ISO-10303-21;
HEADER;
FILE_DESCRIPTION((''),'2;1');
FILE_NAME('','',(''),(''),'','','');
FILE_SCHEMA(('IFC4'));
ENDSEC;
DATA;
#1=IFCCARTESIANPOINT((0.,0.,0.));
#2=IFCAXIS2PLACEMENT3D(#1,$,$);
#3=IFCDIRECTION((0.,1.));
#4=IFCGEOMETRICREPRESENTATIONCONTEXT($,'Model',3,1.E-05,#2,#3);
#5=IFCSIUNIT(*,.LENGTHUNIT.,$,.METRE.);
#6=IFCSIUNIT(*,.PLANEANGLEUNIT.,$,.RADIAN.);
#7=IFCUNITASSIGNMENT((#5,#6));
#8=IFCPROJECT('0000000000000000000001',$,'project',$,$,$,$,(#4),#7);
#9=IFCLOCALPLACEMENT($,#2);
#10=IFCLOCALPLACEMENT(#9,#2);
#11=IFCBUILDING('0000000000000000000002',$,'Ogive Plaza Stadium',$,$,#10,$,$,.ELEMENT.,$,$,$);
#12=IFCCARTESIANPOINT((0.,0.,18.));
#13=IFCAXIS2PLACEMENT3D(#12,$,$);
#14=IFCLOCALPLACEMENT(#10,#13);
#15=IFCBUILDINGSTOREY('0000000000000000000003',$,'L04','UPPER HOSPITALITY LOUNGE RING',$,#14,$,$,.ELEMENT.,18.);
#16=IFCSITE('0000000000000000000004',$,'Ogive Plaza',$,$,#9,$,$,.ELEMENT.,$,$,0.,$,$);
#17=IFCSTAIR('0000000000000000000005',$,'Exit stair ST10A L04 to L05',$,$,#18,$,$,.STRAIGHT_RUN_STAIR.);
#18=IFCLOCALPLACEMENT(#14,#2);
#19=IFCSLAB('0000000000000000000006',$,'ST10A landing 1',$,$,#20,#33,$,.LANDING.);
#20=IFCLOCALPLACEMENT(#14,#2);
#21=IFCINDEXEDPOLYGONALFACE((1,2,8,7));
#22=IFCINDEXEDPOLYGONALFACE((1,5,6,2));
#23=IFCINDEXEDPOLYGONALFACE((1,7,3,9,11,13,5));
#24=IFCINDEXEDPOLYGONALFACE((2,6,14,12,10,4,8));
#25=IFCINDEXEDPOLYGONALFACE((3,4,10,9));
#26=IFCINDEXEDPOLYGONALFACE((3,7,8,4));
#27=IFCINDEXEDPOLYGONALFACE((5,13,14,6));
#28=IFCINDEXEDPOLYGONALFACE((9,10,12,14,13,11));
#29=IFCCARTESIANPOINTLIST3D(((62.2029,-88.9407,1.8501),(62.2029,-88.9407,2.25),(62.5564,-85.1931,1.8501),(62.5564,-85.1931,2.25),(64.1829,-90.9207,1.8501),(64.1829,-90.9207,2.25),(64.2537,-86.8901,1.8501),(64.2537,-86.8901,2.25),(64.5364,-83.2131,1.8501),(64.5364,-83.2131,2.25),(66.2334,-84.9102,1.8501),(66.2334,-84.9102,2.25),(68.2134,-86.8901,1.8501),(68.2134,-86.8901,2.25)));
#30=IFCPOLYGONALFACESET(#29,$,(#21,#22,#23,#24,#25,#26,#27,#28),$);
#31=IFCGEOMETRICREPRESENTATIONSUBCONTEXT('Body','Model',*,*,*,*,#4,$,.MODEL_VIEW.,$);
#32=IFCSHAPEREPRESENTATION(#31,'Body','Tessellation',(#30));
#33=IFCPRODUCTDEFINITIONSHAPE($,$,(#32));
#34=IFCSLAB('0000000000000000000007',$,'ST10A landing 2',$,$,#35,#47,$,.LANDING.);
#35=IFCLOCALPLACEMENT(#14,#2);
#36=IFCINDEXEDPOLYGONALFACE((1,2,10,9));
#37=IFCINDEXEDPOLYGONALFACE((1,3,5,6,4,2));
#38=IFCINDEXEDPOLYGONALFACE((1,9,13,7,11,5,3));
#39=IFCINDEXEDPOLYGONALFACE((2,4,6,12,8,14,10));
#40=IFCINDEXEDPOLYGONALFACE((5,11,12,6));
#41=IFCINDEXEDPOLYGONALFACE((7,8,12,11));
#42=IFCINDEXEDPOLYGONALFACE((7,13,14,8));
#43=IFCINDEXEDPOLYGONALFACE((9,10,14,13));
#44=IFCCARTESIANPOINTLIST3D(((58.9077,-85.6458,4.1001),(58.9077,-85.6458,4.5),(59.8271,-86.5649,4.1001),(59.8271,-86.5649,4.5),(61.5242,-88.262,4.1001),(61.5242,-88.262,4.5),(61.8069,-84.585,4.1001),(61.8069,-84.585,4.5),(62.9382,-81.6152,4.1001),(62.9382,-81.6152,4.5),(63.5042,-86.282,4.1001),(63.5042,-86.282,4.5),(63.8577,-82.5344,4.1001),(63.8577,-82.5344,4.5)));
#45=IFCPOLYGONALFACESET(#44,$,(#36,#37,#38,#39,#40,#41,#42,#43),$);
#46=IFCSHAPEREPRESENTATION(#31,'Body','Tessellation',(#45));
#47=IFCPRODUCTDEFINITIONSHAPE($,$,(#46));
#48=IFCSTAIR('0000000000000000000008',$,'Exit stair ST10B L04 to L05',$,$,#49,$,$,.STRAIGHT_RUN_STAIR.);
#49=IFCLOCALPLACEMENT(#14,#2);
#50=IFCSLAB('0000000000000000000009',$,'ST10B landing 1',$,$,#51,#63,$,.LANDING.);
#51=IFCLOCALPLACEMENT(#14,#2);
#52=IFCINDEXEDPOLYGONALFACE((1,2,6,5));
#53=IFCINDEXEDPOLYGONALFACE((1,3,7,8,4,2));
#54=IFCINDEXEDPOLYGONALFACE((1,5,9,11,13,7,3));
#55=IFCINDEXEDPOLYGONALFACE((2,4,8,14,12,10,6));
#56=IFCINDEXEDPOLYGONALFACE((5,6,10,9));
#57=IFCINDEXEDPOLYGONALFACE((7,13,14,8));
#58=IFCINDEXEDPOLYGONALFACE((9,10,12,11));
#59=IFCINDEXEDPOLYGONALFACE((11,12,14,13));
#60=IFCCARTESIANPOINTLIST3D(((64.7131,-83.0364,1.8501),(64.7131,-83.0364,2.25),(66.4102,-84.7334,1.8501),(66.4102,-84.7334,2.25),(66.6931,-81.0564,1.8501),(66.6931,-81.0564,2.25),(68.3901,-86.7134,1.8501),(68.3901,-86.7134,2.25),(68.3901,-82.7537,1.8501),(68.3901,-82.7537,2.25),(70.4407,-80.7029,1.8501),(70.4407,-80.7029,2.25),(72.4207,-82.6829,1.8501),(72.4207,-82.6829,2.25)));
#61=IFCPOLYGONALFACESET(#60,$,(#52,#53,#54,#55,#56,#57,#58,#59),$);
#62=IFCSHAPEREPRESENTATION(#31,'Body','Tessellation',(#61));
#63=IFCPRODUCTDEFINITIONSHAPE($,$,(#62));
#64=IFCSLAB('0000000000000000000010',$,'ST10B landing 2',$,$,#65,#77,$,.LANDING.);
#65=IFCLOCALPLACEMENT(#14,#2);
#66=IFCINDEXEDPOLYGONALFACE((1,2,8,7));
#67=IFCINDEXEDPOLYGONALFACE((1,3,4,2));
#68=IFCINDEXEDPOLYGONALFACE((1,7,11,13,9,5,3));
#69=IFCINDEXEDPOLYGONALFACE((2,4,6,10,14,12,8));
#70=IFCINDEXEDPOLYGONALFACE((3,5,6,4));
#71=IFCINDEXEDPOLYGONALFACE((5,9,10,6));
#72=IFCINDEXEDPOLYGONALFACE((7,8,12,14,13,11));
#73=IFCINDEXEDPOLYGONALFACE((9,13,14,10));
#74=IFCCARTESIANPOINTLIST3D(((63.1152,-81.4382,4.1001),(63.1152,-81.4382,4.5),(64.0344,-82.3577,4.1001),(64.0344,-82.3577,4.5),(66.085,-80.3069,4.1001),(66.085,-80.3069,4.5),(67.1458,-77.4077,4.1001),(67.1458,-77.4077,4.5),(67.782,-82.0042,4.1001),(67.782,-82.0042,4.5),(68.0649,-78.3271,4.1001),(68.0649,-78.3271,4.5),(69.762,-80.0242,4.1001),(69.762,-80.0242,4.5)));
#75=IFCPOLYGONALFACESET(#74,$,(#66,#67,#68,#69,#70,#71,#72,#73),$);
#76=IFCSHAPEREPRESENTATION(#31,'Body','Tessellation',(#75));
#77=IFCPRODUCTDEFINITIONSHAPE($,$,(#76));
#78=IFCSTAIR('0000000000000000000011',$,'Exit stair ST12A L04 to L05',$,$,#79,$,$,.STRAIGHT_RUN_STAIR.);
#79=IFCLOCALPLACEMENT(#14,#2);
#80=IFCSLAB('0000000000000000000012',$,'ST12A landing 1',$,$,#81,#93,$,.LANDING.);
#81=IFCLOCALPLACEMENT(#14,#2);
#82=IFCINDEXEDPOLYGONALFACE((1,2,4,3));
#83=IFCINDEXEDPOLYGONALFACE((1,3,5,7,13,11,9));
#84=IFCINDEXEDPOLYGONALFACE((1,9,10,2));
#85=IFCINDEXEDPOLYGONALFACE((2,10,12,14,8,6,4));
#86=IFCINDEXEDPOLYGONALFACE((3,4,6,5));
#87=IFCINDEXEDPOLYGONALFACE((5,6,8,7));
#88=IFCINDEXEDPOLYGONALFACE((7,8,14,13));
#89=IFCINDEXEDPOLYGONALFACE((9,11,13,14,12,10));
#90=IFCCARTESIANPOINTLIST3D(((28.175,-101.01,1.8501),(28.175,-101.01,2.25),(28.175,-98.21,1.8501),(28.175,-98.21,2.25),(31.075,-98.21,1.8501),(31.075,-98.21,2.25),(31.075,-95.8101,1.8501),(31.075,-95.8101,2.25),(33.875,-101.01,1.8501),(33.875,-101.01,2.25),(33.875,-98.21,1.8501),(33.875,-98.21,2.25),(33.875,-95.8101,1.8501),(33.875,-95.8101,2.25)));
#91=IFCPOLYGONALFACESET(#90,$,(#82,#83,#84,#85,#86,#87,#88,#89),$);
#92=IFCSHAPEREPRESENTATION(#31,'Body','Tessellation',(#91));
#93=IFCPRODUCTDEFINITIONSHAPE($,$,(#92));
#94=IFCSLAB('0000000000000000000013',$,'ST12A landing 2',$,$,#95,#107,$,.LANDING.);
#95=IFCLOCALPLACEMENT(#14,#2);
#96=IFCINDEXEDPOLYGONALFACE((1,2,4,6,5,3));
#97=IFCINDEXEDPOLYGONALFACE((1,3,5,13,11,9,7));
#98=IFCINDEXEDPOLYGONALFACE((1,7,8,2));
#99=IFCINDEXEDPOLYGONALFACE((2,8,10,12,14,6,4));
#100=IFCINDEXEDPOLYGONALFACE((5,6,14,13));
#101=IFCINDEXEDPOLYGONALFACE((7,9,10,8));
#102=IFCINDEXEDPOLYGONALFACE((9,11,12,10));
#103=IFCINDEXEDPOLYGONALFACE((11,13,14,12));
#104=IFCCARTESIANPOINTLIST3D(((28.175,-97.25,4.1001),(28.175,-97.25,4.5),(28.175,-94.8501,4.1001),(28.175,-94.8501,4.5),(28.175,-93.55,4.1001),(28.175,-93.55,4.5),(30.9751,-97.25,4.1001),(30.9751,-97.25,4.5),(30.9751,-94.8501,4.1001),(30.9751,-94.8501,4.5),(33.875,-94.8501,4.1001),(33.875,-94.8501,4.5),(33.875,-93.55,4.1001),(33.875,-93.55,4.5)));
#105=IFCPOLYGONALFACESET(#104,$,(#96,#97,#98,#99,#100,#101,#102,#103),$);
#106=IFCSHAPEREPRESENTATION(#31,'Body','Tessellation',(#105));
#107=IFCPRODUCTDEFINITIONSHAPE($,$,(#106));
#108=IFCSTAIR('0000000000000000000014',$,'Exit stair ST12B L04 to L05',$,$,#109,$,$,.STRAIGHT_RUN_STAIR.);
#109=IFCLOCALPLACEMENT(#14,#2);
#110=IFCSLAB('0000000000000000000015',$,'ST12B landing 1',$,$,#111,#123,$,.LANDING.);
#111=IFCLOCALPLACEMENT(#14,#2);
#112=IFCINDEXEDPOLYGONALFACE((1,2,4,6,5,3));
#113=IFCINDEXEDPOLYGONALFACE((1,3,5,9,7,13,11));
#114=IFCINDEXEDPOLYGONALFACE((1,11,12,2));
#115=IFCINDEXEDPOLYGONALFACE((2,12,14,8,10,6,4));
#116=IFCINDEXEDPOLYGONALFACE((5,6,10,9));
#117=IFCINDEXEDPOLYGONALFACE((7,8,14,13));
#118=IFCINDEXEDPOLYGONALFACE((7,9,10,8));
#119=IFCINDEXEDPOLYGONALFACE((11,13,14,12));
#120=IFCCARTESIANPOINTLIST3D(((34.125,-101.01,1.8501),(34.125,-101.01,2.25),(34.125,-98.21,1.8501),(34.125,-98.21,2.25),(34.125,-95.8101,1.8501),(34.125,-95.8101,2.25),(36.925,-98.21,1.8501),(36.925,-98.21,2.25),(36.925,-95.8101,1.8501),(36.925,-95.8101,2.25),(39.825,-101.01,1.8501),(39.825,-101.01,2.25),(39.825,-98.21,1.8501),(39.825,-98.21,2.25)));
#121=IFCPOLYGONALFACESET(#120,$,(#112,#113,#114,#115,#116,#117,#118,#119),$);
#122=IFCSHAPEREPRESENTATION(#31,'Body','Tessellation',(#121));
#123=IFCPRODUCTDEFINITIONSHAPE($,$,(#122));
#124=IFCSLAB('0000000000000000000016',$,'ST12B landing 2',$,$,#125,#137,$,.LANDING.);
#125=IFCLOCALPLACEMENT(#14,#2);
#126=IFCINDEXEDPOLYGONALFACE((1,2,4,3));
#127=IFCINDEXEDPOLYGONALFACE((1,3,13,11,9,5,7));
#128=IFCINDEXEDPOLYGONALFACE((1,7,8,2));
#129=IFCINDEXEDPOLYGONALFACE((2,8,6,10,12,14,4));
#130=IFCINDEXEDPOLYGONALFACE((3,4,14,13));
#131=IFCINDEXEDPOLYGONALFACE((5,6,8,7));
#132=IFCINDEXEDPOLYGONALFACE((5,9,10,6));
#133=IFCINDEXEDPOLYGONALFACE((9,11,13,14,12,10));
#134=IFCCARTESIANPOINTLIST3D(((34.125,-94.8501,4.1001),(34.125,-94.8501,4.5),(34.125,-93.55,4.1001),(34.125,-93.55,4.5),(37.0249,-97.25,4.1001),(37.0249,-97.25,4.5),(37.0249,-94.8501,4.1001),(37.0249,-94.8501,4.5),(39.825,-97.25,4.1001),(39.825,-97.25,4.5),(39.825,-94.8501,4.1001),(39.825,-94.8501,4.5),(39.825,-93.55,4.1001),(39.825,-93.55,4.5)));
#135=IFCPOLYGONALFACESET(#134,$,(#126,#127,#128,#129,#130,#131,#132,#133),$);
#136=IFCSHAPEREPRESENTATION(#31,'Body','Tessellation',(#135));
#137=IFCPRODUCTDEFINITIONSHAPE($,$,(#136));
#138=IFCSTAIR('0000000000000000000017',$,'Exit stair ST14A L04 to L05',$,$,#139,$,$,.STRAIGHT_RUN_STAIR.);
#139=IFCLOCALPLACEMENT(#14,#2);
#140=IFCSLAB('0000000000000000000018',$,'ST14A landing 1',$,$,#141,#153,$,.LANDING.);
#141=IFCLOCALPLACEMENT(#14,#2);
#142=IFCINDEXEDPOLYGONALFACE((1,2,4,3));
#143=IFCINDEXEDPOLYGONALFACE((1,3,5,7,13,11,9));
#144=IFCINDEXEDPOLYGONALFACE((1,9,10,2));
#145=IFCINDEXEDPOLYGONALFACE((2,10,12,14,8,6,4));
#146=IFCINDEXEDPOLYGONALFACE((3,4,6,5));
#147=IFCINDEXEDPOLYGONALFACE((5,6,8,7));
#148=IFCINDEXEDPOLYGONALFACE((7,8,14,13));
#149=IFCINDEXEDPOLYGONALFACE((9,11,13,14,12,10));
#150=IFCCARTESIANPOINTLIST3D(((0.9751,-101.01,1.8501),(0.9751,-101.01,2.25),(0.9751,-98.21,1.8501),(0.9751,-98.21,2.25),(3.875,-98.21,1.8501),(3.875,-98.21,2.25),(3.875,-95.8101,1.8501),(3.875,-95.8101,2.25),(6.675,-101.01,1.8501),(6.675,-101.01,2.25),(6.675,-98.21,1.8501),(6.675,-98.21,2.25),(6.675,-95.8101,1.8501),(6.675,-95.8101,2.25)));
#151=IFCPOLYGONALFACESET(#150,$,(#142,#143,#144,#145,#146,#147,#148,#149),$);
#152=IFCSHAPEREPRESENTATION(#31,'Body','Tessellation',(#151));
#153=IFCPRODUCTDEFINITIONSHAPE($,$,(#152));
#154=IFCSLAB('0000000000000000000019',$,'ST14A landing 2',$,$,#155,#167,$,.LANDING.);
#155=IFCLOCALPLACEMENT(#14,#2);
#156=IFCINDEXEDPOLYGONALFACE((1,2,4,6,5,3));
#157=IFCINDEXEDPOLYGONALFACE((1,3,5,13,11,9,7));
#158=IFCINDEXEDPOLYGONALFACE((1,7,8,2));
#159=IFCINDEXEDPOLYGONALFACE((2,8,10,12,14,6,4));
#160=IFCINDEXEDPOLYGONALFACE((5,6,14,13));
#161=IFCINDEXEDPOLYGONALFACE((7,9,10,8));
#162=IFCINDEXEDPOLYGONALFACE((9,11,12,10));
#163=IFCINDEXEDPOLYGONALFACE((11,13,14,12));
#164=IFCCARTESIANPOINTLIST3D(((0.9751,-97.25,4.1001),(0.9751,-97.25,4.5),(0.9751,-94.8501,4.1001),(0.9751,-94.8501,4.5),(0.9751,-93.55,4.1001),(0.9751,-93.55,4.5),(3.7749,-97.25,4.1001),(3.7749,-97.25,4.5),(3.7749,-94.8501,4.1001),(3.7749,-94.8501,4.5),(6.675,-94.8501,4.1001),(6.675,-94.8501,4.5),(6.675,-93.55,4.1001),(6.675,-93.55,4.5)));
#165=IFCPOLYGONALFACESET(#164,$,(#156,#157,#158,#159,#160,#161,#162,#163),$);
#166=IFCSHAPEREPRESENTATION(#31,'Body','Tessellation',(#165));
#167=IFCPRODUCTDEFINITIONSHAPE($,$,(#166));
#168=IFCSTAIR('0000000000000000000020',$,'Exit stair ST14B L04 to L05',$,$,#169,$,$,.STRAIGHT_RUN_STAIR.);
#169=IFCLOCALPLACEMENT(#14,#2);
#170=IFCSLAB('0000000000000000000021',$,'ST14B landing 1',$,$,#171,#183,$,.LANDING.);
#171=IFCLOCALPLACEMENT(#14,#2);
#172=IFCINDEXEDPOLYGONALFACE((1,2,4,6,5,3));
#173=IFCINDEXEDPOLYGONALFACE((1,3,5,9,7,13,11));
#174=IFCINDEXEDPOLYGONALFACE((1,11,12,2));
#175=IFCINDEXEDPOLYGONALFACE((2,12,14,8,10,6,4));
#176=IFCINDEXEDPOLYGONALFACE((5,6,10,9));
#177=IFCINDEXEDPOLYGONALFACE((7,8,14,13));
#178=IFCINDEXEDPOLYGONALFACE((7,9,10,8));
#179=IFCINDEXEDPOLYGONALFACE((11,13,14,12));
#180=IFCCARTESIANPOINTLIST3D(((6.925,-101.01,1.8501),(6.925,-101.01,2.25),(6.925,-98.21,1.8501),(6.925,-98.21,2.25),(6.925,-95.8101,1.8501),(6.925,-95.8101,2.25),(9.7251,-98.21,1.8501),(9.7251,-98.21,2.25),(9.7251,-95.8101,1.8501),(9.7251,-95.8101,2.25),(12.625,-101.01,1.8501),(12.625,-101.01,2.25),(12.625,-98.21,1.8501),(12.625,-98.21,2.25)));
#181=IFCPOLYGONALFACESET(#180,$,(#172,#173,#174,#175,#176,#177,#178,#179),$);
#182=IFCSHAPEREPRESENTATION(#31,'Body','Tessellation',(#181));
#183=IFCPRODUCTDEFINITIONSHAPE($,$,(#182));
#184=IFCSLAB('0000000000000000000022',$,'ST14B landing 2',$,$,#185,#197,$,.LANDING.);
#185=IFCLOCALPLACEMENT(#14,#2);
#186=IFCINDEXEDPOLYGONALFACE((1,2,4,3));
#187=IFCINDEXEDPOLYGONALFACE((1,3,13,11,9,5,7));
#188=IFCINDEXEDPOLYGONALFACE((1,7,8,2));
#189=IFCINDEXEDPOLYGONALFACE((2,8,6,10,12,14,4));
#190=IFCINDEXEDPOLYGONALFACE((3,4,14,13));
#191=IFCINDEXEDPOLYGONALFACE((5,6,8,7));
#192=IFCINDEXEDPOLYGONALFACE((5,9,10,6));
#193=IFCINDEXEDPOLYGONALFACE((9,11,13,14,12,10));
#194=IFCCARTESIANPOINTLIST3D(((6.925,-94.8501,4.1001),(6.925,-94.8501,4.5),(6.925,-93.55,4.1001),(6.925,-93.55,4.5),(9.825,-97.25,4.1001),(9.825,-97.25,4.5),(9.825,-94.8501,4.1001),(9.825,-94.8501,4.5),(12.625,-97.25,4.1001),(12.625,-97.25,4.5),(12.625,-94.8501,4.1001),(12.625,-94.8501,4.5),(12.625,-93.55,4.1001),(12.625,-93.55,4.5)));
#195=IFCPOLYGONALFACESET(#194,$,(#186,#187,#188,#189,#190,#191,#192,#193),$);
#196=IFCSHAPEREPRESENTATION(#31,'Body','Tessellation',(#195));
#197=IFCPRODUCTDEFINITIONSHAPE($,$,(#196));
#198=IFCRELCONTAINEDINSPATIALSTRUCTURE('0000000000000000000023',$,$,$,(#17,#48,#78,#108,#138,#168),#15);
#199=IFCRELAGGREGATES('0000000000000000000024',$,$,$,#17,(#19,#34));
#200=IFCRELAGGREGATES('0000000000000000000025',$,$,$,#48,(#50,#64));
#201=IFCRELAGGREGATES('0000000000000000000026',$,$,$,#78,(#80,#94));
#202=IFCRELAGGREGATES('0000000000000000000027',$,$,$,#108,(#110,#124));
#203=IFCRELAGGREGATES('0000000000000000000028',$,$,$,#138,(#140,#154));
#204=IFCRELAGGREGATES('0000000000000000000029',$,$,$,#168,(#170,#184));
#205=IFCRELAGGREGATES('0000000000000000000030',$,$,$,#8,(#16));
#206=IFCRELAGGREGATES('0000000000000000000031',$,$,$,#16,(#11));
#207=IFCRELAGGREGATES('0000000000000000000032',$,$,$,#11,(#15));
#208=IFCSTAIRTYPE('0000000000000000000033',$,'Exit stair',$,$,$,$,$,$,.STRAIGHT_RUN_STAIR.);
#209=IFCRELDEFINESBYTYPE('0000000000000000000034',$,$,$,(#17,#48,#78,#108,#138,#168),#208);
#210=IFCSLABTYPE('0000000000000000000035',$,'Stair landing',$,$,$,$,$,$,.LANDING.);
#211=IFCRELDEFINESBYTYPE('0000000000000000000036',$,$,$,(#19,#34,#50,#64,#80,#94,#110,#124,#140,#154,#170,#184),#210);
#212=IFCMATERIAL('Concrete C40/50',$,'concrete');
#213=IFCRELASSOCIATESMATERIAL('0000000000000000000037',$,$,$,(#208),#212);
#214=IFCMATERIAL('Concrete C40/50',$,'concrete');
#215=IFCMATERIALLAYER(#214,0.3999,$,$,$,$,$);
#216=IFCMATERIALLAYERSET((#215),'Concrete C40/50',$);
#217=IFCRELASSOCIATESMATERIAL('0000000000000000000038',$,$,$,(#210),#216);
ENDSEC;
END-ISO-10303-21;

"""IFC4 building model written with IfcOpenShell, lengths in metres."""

from ifc_helpers import new_model, si_unit, direction, frame, origin, place, context, subcontext, project, spatial, polyline, outline, extrude, material, layer, layer_set, type_object, element, aggregate, save


model = new_model("IFC4")

# Units and contexts
model_context = context("Model", 3, precision=1e-05, world=origin(), true_north=direction((0.0, 1.0)))
body_context = subcontext(model_context, "Body", "Model", "MODEL_VIEW")
ifc_project = project(units=[si_unit("LENGTHUNIT", "METRE"), si_unit("PLANEANGLEUNIT", "RADIAN")], contexts=[model_context])

# Site, building, storey
site_placement = place(None, origin())
site = spatial("IfcSite", under=ifc_project, at=site_placement, Name="Ogive Plaza", CompositionType="ELEMENT", RefElevation=0.0)
building_placement = place(site_placement, origin())
building = spatial("IfcBuilding", under=site, at=building_placement, Name="Ogive Plaza Stadium", CompositionType="ELEMENT")
storey_placement = place(building_placement, frame((0.0, 0.0, 18.0)))
storey = spatial("IfcBuildingStorey", under=building, at=storey_placement, Name="L04", Description="UPPER HOSPITALITY LOUNGE RING", CompositionType="ELEMENT", Elevation=18.0)

# Stairs, slabs
ifc_material_1 = material(Name="Concrete C40/50", Category="concrete")
stair_type = type_object("IfcStairType", Name="Exit stair", PredefinedType="STRAIGHT_RUN_STAIR", material=ifc_material_1)
stair_1_placement = place(storey_placement, origin())
stair_1 = element("IfcStair", 1, at=stair_1_placement, inside=storey, type_object=stair_type, Name="Exit stair ST10A L04 to L05", PredefinedType="STRAIGHT_RUN_STAIR")
ifc_material_2 = material(Name="Concrete C40/50", Category="concrete")
ifc_layer = layer(ifc_material_2, 0.3999)
ifc_layer_set = layer_set([ifc_layer], Name="Concrete C40/50")
slab_type = type_object("IfcSlabType", Name="Stair landing", PredefinedType="LANDING", material=ifc_layer_set)
slab_1_placement = place(storey_placement, frame((0.0, 0.0, 1.8501)))
slab_1 = element("IfcSlab", 2, at=slab_1_placement, type_object=slab_type, Name="ST10A landing 1", PredefinedType="LANDING", context=body_context, shape_type="SweptSolid", body=[
    extrude(outline(polyline([(68.2134, -86.8901), (64.1829, -90.9207), (62.2029, -88.9407), (64.2537, -86.8901), (62.5564, -85.1931), (64.5364, -83.2131), (66.2334, -84.9102), (68.2134, -86.8901)])), origin(), (0.0, 0.0, 1.0), 0.3999),
])
slab_2_placement = place(storey_placement, frame((0.0, 0.0, 4.1001)))
slab_2 = element("IfcSlab", 3, at=slab_2_placement, type_object=slab_type, Name="ST10A landing 2", PredefinedType="LANDING", context=body_context, shape_type="SweptSolid", body=[
    extrude(outline(polyline([(63.5042, -86.282), (61.5242, -88.262), (59.8271, -86.5649), (58.9077, -85.6458), (62.9382, -81.6152), (63.8577, -82.5344), (61.8069, -84.585), (63.5042, -86.282)])), origin(), (0.0, 0.0, 1.0), 0.3999),
])
aggregate(stair_1, [slab_1, slab_2])
stair_2_placement = place(storey_placement, origin())
stair_2 = element("IfcStair", 4, at=stair_2_placement, inside=storey, type_object=stair_type, Name="Exit stair ST10B L04 to L05", PredefinedType="STRAIGHT_RUN_STAIR")
slab_3_placement = place(storey_placement, frame((0.0, 0.0, 1.8501)))
slab_3 = element("IfcSlab", 5, at=slab_3_placement, type_object=slab_type, Name="ST10B landing 1", PredefinedType="LANDING", context=body_context, shape_type="SweptSolid", body=[
    extrude(outline(polyline([(64.7131, -83.0364), (66.6931, -81.0564), (68.3901, -82.7537), (70.4407, -80.7029), (72.4207, -82.6829), (68.3901, -86.7134), (66.4102, -84.7334), (64.7131, -83.0364)])), origin(), (0.0, 0.0, 1.0), 0.3999),
])
slab_4_placement = place(storey_placement, frame((0.0, 0.0, 4.1001)))
slab_4 = element("IfcSlab", 6, at=slab_4_placement, type_object=slab_type, Name="ST10B landing 2", PredefinedType="LANDING", context=body_context, shape_type="SweptSolid", body=[
    extrude(outline(polyline([(64.0344, -82.3577), (63.1152, -81.4382), (67.1458, -77.4077), (68.0649, -78.3271), (69.762, -80.0242), (67.782, -82.0042), (66.085, -80.3069), (64.0344, -82.3577)])), origin(), (0.0, 0.0, 1.0), 0.3999),
])
aggregate(stair_2, [slab_3, slab_4])
stair_3_placement = place(storey_placement, origin())
stair_3 = element("IfcStair", 7, at=stair_3_placement, inside=storey, type_object=stair_type, Name="Exit stair ST12A L04 to L05", PredefinedType="STRAIGHT_RUN_STAIR")
slab_5_placement = place(storey_placement, frame((0.0, 0.0, 1.8501)))
slab_5 = element("IfcSlab", 8, at=slab_5_placement, type_object=slab_type, Name="ST12A landing 1", PredefinedType="LANDING", context=body_context, shape_type="SweptSolid", body=[
    extrude(outline(polyline([(33.875, -101.01), (28.175, -101.01), (28.175, -98.21), (31.075, -98.21), (31.075, -95.8101), (33.875, -95.8101), (33.875, -98.21), (33.875, -101.01)])), origin(), (0.0, 0.0, 1.0), 0.3999),
])
slab_6_placement = place(storey_placement, frame((0.0, 0.0, 4.1001)))
slab_6 = element("IfcSlab", 9, at=slab_6_placement, type_object=slab_type, Name="ST12A landing 2", PredefinedType="LANDING", context=body_context, shape_type="SweptSolid", body=[
    extrude(outline(polyline([(30.9751, -97.25), (28.175, -97.25), (28.175, -94.8501), (28.175, -93.55), (33.875, -93.55), (33.875, -94.8501), (30.9751, -94.8501), (30.9751, -97.25)])), origin(), (0.0, 0.0, 1.0), 0.3999),
])
aggregate(stair_3, [slab_5, slab_6])
stair_4_placement = place(storey_placement, origin())
stair_4 = element("IfcStair", 10, at=stair_4_placement, inside=storey, type_object=stair_type, Name="Exit stair ST12B L04 to L05", PredefinedType="STRAIGHT_RUN_STAIR")
slab_7_placement = place(storey_placement, frame((0.0, 0.0, 1.8501)))
slab_7 = element("IfcSlab", 11, at=slab_7_placement, type_object=slab_type, Name="ST12B landing 1", PredefinedType="LANDING", context=body_context, shape_type="SweptSolid", body=[
    extrude(outline(polyline([(34.125, -95.8101), (36.925, -95.8101), (36.925, -98.21), (39.825, -98.21), (39.825, -101.01), (34.125, -101.01), (34.125, -98.21), (34.125, -95.8101)])), origin(), (0.0, 0.0, 1.0), 0.3999),
])
slab_8_placement = place(storey_placement, frame((0.0, 0.0, 4.1001)))
slab_8 = element("IfcSlab", 12, at=slab_8_placement, type_object=slab_type, Name="ST12B landing 2", PredefinedType="LANDING", context=body_context, shape_type="SweptSolid", body=[
    extrude(outline(polyline([(34.125, -94.8501), (34.125, -93.55), (39.825, -93.55), (39.825, -94.8501), (39.825, -97.25), (37.0249, -97.25), (37.0249, -94.8501), (34.125, -94.8501)])), origin(), (0.0, 0.0, 1.0), 0.3999),
])
aggregate(stair_4, [slab_7, slab_8])
stair_5_placement = place(storey_placement, origin())
stair_5 = element("IfcStair", 13, at=stair_5_placement, inside=storey, type_object=stair_type, Name="Exit stair ST14A L04 to L05", PredefinedType="STRAIGHT_RUN_STAIR")
slab_9_placement = place(storey_placement, frame((0.0, 0.0, 1.8501)))
slab_9 = element("IfcSlab", 14, at=slab_9_placement, type_object=slab_type, Name="ST14A landing 1", PredefinedType="LANDING", context=body_context, shape_type="SweptSolid", body=[
    extrude(outline(polyline([(6.675, -101.01), (0.9751, -101.01), (0.9751, -98.21), (3.875, -98.21), (3.875, -95.8101), (6.675, -95.8101), (6.675, -98.21), (6.675, -101.01)])), origin(), (0.0, 0.0, 1.0), 0.3999),
])
slab_10_placement = place(storey_placement, frame((0.0, 0.0, 4.1001)))
slab_10 = element("IfcSlab", 15, at=slab_10_placement, type_object=slab_type, Name="ST14A landing 2", PredefinedType="LANDING", context=body_context, shape_type="SweptSolid", body=[
    extrude(outline(polyline([(3.7749, -97.25), (0.9751, -97.25), (0.9751, -94.8501), (0.9751, -93.55), (6.675, -93.55), (6.675, -94.8501), (3.7749, -94.8501), (3.7749, -97.25)])), origin(), (0.0, 0.0, 1.0), 0.3999),
])
aggregate(stair_5, [slab_9, slab_10])
stair_6_placement = place(storey_placement, origin())
stair_6 = element("IfcStair", 16, at=stair_6_placement, inside=storey, type_object=stair_type, Name="Exit stair ST14B L04 to L05", PredefinedType="STRAIGHT_RUN_STAIR")
slab_11_placement = place(storey_placement, frame((0.0, 0.0, 1.8501)))
slab_11 = element("IfcSlab", 17, at=slab_11_placement, type_object=slab_type, Name="ST14B landing 1", PredefinedType="LANDING", context=body_context, shape_type="SweptSolid", body=[
    extrude(outline(polyline([(6.925, -95.8101), (9.7251, -95.8101), (9.7251, -98.21), (12.625, -98.21), (12.625, -101.01), (6.925, -101.01), (6.925, -98.21), (6.925, -95.8101)])), origin(), (0.0, 0.0, 1.0), 0.3999),
])
slab_12_placement = place(storey_placement, frame((0.0, 0.0, 4.1001)))
slab_12 = element("IfcSlab", 18, at=slab_12_placement, type_object=slab_type, Name="ST14B landing 2", PredefinedType="LANDING", context=body_context, shape_type="SweptSolid", body=[
    extrude(outline(polyline([(6.925, -94.8501), (6.925, -93.55), (12.625, -93.55), (12.625, -94.8501), (12.625, -97.25), (9.825, -97.25), (9.825, -94.8501), (6.925, -94.8501)])), origin(), (0.0, 0.0, 1.0), 0.3999),
])
aggregate(stair_6, [slab_11, slab_12])

save(model, "model.ifc")
